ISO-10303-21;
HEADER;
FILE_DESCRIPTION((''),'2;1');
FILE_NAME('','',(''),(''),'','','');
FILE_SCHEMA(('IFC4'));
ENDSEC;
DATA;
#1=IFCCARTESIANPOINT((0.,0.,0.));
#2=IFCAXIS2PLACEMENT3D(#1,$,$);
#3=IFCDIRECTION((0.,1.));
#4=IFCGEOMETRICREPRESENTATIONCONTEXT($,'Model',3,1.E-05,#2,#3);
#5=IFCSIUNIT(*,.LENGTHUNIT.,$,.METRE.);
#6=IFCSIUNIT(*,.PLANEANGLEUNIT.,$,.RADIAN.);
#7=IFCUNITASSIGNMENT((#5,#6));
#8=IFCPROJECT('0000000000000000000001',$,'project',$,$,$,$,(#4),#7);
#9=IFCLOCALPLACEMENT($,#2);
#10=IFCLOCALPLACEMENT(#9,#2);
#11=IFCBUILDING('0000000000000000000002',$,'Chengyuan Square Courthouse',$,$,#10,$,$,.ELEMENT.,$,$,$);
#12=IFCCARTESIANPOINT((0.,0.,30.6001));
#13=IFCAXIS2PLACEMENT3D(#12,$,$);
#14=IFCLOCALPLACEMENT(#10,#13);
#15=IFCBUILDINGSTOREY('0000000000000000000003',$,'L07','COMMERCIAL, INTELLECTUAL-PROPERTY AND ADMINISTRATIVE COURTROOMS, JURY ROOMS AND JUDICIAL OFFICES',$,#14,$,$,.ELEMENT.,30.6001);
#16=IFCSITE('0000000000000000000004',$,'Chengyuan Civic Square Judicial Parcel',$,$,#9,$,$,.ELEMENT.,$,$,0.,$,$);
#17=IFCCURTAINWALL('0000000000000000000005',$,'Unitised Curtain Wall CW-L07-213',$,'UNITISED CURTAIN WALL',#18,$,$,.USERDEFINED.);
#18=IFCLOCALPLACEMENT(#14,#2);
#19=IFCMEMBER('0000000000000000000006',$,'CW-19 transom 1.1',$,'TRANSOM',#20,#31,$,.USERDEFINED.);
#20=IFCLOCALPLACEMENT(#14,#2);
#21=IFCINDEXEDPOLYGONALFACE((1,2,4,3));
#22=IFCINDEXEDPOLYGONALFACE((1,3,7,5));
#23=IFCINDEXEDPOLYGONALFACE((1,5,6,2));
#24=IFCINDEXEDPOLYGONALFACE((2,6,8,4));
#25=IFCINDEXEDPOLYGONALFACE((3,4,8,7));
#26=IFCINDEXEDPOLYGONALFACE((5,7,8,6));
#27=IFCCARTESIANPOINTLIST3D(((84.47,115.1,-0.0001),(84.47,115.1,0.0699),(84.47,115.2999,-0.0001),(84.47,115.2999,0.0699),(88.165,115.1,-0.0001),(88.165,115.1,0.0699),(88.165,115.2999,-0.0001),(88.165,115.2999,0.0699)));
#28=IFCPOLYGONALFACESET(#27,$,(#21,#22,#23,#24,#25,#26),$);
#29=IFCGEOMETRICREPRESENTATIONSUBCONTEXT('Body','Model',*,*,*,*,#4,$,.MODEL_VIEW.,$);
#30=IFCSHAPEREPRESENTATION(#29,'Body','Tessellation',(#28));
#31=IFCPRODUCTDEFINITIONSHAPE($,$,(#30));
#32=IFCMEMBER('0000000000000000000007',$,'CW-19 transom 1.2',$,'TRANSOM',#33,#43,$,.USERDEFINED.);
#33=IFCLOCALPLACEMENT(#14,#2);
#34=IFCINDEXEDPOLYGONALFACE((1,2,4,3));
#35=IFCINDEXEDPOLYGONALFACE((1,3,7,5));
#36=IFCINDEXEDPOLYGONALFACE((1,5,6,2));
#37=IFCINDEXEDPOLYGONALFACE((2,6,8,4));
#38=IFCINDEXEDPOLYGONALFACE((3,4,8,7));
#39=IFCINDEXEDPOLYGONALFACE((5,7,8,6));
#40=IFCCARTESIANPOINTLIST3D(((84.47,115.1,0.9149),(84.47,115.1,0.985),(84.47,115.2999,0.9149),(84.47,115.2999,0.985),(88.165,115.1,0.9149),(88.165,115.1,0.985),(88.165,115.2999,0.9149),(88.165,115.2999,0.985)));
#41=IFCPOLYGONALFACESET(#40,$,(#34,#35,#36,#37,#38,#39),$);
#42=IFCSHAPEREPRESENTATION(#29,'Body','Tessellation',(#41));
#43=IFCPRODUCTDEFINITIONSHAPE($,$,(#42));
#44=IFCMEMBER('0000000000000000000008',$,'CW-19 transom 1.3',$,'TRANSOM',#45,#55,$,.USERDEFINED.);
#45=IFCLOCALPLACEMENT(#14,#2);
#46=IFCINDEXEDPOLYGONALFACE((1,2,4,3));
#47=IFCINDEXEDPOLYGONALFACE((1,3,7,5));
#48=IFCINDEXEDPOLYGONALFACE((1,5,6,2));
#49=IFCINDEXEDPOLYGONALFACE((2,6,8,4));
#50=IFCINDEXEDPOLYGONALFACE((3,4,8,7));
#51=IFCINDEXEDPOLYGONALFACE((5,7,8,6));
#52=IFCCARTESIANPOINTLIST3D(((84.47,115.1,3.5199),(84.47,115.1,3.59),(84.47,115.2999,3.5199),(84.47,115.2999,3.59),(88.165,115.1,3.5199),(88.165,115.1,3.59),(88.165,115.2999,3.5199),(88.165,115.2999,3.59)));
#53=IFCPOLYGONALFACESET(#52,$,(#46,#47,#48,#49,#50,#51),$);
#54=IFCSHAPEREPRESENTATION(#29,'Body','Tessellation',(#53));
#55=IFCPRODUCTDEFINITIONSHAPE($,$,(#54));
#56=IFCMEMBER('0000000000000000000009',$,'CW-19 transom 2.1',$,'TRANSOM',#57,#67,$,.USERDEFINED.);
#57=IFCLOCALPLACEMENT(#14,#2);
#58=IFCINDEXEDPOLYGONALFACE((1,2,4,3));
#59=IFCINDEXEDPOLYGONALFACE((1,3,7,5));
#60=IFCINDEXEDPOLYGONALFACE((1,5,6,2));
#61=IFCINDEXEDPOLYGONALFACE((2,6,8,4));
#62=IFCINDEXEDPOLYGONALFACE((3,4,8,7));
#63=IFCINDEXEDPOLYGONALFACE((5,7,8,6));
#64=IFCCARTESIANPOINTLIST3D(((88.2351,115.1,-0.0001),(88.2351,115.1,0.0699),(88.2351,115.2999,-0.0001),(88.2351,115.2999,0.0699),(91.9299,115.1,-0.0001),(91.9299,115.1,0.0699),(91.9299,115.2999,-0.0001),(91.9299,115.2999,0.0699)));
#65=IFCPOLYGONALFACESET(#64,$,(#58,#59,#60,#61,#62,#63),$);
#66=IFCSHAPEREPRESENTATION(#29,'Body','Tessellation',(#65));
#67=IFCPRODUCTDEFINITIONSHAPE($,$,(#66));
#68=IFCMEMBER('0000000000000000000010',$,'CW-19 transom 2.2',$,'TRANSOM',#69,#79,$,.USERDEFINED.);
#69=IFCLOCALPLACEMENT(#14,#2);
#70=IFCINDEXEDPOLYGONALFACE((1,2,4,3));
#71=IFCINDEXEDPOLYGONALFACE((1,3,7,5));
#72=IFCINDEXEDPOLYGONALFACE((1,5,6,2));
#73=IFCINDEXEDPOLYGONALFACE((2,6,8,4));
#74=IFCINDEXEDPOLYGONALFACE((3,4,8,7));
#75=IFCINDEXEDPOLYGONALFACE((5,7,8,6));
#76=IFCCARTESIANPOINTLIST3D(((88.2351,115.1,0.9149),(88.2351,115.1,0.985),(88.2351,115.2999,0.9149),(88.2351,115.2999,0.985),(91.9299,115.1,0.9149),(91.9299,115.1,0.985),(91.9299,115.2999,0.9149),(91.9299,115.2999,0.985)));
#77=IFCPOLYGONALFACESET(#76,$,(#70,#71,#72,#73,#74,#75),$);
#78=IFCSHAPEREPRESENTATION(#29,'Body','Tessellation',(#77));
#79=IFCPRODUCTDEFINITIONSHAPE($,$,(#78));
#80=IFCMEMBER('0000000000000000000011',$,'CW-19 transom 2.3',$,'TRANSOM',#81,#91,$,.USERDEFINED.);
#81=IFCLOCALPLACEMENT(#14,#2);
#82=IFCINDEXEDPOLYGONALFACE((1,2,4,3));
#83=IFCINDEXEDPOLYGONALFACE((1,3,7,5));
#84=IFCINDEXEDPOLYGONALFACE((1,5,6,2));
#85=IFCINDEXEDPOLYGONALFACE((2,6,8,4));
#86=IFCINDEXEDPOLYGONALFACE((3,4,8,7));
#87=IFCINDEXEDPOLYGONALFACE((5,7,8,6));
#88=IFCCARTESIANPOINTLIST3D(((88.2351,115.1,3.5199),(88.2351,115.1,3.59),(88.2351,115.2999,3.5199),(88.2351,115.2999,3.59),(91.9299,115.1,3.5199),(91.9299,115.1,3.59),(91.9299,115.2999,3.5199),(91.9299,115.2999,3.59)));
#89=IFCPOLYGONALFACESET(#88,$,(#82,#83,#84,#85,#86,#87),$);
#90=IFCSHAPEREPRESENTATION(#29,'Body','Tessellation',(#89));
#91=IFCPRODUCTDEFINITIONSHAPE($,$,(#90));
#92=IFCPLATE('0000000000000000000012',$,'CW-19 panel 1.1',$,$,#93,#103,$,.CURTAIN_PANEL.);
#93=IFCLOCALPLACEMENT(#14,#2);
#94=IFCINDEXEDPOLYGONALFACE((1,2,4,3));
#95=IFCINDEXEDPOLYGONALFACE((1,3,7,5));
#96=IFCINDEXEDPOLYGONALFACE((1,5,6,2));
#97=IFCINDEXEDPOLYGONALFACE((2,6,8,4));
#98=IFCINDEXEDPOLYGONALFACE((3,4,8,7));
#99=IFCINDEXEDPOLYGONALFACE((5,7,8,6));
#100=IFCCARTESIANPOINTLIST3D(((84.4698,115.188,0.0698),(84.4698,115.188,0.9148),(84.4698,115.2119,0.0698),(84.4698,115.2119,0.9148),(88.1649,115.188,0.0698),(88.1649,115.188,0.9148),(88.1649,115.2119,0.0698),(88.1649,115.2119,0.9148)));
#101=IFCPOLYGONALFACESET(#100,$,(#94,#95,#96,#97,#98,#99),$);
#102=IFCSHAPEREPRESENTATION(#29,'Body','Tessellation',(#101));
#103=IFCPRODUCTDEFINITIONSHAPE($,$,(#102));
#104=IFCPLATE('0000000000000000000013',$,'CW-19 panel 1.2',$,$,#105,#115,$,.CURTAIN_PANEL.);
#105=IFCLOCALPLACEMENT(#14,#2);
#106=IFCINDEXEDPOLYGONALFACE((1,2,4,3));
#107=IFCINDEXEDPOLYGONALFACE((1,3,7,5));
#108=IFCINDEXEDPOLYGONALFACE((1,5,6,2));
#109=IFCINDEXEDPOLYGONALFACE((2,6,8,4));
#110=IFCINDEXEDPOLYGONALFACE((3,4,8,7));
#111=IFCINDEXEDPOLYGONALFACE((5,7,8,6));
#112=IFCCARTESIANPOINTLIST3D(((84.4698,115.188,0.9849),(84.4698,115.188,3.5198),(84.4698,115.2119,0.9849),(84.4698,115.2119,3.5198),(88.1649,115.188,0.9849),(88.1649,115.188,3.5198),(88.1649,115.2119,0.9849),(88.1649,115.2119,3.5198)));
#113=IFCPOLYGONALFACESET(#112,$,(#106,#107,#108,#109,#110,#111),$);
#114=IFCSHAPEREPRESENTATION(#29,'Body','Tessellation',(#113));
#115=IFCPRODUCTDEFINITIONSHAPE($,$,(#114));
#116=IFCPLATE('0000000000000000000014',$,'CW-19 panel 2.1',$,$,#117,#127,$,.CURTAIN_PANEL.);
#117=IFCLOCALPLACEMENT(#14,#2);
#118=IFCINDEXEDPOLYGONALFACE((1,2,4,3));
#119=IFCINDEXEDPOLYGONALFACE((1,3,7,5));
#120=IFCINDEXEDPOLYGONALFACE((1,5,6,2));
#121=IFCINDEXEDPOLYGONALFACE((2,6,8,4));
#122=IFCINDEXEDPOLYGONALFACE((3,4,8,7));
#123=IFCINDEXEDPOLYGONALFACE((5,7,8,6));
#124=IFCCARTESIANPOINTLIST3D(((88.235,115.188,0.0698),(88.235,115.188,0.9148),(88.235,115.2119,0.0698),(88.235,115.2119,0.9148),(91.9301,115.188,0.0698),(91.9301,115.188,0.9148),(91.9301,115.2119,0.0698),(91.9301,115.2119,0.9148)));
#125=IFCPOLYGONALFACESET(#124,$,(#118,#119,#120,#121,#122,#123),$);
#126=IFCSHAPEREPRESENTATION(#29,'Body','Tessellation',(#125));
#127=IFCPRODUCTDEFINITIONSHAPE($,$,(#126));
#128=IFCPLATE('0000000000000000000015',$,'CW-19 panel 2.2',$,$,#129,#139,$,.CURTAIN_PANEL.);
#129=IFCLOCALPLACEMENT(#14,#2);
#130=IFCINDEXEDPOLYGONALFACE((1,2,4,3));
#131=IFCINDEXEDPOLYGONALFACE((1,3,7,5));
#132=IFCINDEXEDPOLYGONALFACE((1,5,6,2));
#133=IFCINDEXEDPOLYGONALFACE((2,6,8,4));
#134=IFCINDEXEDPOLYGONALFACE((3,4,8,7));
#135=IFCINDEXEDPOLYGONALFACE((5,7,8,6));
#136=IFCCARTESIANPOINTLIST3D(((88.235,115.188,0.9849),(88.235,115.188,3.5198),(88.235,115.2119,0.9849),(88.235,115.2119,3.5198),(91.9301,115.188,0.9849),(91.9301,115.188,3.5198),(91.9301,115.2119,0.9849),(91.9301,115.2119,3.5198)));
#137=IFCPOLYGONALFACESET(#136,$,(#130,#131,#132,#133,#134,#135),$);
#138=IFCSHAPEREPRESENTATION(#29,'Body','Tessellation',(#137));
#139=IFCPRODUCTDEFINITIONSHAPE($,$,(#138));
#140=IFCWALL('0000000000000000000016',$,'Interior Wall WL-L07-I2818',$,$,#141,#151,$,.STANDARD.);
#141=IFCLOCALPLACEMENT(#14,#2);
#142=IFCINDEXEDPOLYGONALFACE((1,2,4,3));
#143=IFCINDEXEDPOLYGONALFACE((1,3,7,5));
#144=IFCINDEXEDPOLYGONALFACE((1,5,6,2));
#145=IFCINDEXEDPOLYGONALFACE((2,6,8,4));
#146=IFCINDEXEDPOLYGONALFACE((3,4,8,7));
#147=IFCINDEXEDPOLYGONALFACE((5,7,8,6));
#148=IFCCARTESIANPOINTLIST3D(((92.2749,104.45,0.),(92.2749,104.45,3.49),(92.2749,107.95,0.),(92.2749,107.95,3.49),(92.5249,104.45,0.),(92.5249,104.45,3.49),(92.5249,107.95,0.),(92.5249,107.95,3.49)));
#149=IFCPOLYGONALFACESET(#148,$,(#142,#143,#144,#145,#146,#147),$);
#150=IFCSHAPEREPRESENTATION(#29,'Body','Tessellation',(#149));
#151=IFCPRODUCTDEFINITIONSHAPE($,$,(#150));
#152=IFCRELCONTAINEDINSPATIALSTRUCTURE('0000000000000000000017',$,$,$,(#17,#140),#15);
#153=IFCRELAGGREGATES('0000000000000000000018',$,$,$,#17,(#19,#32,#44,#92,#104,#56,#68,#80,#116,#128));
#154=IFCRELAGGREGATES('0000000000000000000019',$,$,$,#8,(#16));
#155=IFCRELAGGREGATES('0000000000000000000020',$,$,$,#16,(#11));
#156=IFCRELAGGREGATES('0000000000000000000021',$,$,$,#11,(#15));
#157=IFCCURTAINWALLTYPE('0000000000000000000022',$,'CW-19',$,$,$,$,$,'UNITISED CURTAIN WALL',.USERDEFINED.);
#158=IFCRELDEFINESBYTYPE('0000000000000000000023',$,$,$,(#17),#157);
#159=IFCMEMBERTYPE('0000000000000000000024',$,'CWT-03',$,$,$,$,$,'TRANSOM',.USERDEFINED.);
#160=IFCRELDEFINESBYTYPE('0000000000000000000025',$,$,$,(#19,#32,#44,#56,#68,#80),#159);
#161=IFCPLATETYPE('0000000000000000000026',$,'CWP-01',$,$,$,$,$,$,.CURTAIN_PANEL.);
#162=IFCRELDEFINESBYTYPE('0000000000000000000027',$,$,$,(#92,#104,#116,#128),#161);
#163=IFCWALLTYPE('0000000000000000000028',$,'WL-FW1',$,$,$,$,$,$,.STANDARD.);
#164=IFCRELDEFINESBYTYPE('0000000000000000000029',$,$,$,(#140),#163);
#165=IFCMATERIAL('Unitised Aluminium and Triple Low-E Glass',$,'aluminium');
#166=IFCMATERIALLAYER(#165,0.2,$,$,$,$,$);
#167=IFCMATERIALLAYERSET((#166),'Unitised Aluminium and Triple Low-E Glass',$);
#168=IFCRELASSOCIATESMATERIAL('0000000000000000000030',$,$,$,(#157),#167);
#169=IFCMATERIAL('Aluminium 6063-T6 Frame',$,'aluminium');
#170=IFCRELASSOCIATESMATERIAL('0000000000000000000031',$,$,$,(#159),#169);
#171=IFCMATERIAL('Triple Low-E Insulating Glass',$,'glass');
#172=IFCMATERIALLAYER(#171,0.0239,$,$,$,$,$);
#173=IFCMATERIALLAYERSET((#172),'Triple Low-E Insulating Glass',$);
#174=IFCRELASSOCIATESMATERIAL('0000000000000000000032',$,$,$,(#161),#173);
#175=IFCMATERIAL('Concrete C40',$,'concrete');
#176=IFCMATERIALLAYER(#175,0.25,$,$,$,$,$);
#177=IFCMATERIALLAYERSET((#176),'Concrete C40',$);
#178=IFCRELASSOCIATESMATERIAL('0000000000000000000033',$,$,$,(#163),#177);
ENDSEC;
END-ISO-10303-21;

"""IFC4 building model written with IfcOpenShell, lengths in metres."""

from ifc_helpers import new_model, si_unit, direction, frame, frame_2d, origin, origin_2d, place, context, subcontext, project, spatial, rectangle, extrude, material, layer, layer_set, material_profile, profile_set, type_object, element, aggregate, save


model = new_model("IFC4")

# Units and contexts
model_context = context("Model", 3, precision=1e-05, world=origin(), true_north=direction((0.0, 1.0)))
body_context = subcontext(model_context, "Body", "Model", "MODEL_VIEW")
ifc_project = project(units=[si_unit("LENGTHUNIT", "METRE"), si_unit("PLANEANGLEUNIT", "RADIAN")], contexts=[model_context])

# Site, building, storey
site_placement = place(None, origin())
site = spatial("IfcSite", under=ifc_project, at=site_placement, Name="Chengyuan Civic Square Judicial Parcel", CompositionType="ELEMENT", RefElevation=0.0)
building_placement = place(site_placement, origin())
building = spatial("IfcBuilding", under=site, at=building_placement, Name="Chengyuan Square Courthouse", CompositionType="ELEMENT")
storey_placement = place(building_placement, frame((0.0, 0.0, 30.6001)))
storey = spatial("IfcBuildingStorey", under=building, at=storey_placement, Name="L07", Description="COMMERCIAL, INTELLECTUAL-PROPERTY AND ADMINISTRATIVE COURTROOMS, JURY ROOMS AND JUDICIAL OFFICES", CompositionType="ELEMENT", Elevation=30.6001)

# Shared definitions
ifc_material_1 = material(Name="Concrete C40", Category="concrete")

# Curtain wall, members, plates
ifc_material_2 = material(Name="Unitised Aluminium and Triple Low-E Glass", Category="aluminium")
ifc_layer_1 = layer(ifc_material_2, 0.2)
ifc_layer_set_1 = layer_set([ifc_layer_1], Name="Unitised Aluminium and Triple Low-E Glass")
curtain_wall_type = type_object("IfcCurtainWallType", Name="CW-19", ElementType="UNITISED CURTAIN WALL", PredefinedType="USERDEFINED", material=ifc_layer_set_1)
curtain_wall_placement = place(storey_placement, origin())
curtain_wall = element("IfcCurtainWall", 1, at=curtain_wall_placement, inside=storey, type_object=curtain_wall_type, Name="Unitised Curtain Wall CW-L07-213", ObjectType="UNITISED CURTAIN WALL", PredefinedType="USERDEFINED")
ifc_material_3 = material(Name="Aluminium 6063-T6 Frame", Category="aluminium")
ifc_material_profile_1 = material_profile(ifc_material_3, rectangle(XDim=0.2, YDim=0.0701, at=origin_2d()), Name="CW-TRN-70x160")
ifc_profile_set_1 = profile_set([ifc_material_profile_1], Name="Aluminium 6063-T6 Frame")
member_type_1 = type_object("IfcMemberType", Name="CWT-03", ElementType="TRANSOM", PredefinedType="USERDEFINED", material=ifc_profile_set_1)
member_1_placement = place(storey_placement, frame((84.47, 115.2, 0.0349), z_axis=(1.0, 0.0, 0.0), x_axis=(0.0, 1.0, 0.0)))
member_1 = element("IfcMember", 2, at=member_1_placement, type_object=member_type_1, Name="CW-19 transom 1.1", ObjectType="TRANSOM", PredefinedType="USERDEFINED", context=body_context, shape_type="SweptSolid", body=[
    extrude(rectangle(XDim=0.2, YDim=0.0701, at=origin_2d()), origin(), (0.0, 0.0, 1.0), 3.6951),
])
member_2_placement = place(storey_placement, frame((84.47, 115.2, 0.95), z_axis=(1.0, 0.0, 0.0), x_axis=(0.0, 1.0, 0.0)))
member_2 = element("IfcMember", 3, at=member_2_placement, type_object=member_type_1, Name="CW-19 transom 1.2", ObjectType="TRANSOM", PredefinedType="USERDEFINED", context=body_context, shape_type="SweptSolid", body=[
    extrude(rectangle(XDim=0.2, YDim=0.0701, at=origin_2d()), origin(), (0.0, 0.0, 1.0), 3.6951),
])
member_3_placement = place(storey_placement, frame((84.47, 115.2, 3.5549), z_axis=(1.0, 0.0, 0.0), x_axis=(0.0, 1.0, 0.0)))
member_3 = element("IfcMember", 4, at=member_3_placement, type_object=member_type_1, Name="CW-19 transom 1.3", ObjectType="TRANSOM", PredefinedType="USERDEFINED", context=body_context, shape_type="SweptSolid", body=[
    extrude(rectangle(XDim=0.2, YDim=0.0701, at=origin_2d()), origin(), (0.0, 0.0, 1.0), 3.6951),
])
member_4_placement = place(storey_placement, frame((88.2351, 115.2, 0.0349), z_axis=(1.0, 0.0, 0.0), x_axis=(0.0, 1.0, 0.0)))
member_4 = element("IfcMember", 5, at=member_4_placement, type_object=member_type_1, Name="CW-19 transom 2.1", ObjectType="TRANSOM", PredefinedType="USERDEFINED", context=body_context, shape_type="SweptSolid", body=[
    extrude(rectangle(XDim=0.2, YDim=0.0701, at=origin_2d()), origin(), (0.0, 0.0, 1.0), 3.6948),
])
member_5_placement = place(storey_placement, frame((88.2351, 115.2, 0.95), z_axis=(1.0, 0.0, 0.0), x_axis=(0.0, 1.0, 0.0)))
member_5 = element("IfcMember", 6, at=member_5_placement, type_object=member_type_1, Name="CW-19 transom 2.2", ObjectType="TRANSOM", PredefinedType="USERDEFINED", context=body_context, shape_type="SweptSolid", body=[
    extrude(rectangle(XDim=0.2, YDim=0.0701, at=origin_2d()), origin(), (0.0, 0.0, 1.0), 3.6948),
])
member_6_placement = place(storey_placement, frame((88.2351, 115.2, 3.5549), z_axis=(1.0, 0.0, 0.0), x_axis=(0.0, 1.0, 0.0)))
member_6 = element("IfcMember", 7, at=member_6_placement, type_object=member_type_1, Name="CW-19 transom 2.3", ObjectType="TRANSOM", PredefinedType="USERDEFINED", context=body_context, shape_type="SweptSolid", body=[
    extrude(rectangle(XDim=0.2, YDim=0.0701, at=origin_2d()), origin(), (0.0, 0.0, 1.0), 3.6948),
])
ifc_material_4 = material(Name="Triple Low-E Insulating Glass", Category="glass")
ifc_layer_2 = layer(ifc_material_4, 0.0239)
ifc_layer_set_2 = layer_set([ifc_layer_2], Name="Triple Low-E Insulating Glass")
plate_type = type_object("IfcPlateType", Name="CWP-01", PredefinedType="CURTAIN_PANEL", material=ifc_layer_set_2)
plate_1_placement = place(storey_placement, frame((86.3174, 115.2, 0.0698), z_axis=(0.0, 0.0, 1.0), x_axis=(1.0, 0.0, 0.0)))
plate_1 = element("IfcPlate", 8, at=plate_1_placement, type_object=plate_type, Name="CW-19 panel 1.1", PredefinedType="CURTAIN_PANEL", context=body_context, shape_type="SweptSolid", body=[
    extrude(rectangle(XDim=3.6951, YDim=0.0239, at=origin_2d()), origin(), (0.0, 0.0, 1.0), 0.845),
])
plate_2_placement = place(storey_placement, frame((86.3174, 115.2, 0.9849), z_axis=(0.0, 0.0, 1.0), x_axis=(1.0, 0.0, 0.0)))
plate_2 = element("IfcPlate", 9, at=plate_2_placement, type_object=plate_type, Name="CW-19 panel 1.2", PredefinedType="CURTAIN_PANEL", context=body_context, shape_type="SweptSolid", body=[
    extrude(rectangle(XDim=3.6951, YDim=0.0239, at=origin_2d()), origin(), (0.0, 0.0, 1.0), 2.5349),
])
plate_3_placement = place(storey_placement, frame((90.0825, 115.2, 0.0698), z_axis=(0.0, 0.0, 1.0), x_axis=(1.0, 0.0, 0.0)))
plate_3 = element("IfcPlate", 10, at=plate_3_placement, type_object=plate_type, Name="CW-19 panel 2.1", PredefinedType="CURTAIN_PANEL", context=body_context, shape_type="SweptSolid", body=[
    extrude(rectangle(XDim=3.6951, YDim=0.0239, at=origin_2d()), origin(), (0.0, 0.0, 1.0), 0.845),
])
plate_4_placement = place(storey_placement, frame((90.0825, 115.2, 0.9849), z_axis=(0.0, 0.0, 1.0), x_axis=(1.0, 0.0, 0.0)))
plate_4 = element("IfcPlate", 11, at=plate_4_placement, type_object=plate_type, Name="CW-19 panel 2.2", PredefinedType="CURTAIN_PANEL", context=body_context, shape_type="SweptSolid", body=[
    extrude(rectangle(XDim=3.6951, YDim=0.0239, at=origin_2d()), origin(), (0.0, 0.0, 1.0), 2.5349),
])
aggregate(curtain_wall, [member_1, member_2, member_3, plate_1, plate_2, member_4, member_5, member_6, plate_3, plate_4])

# Wall
ifc_layer_3 = layer(ifc_material_1, 0.25)
ifc_layer_set_3 = layer_set([ifc_layer_3], Name="Concrete C40")
wall_type_1 = type_object("IfcWallType", Name="WL-FW1", PredefinedType="STANDARD", material=ifc_layer_set_3)
wall_1_placement = place(storey_placement, frame((92.3999, 104.45, 0.0), z_axis=(0.0, 0.0, 1.0), x_axis=(0.0, 1.0, 0.0)))
element("IfcWall", 12, at=wall_1_placement, inside=storey, type_object=wall_type_1, Name="Interior Wall WL-L07-I2818", PredefinedType="STANDARD", context=body_context, shape_type="SweptSolid", body=[
    extrude(rectangle(XDim=3.5, YDim=0.25, at=frame_2d((1.75, 0.0))), origin(), (0.0, 0.0, 1.0), 3.49),
])

save(model, "model.ifc")
